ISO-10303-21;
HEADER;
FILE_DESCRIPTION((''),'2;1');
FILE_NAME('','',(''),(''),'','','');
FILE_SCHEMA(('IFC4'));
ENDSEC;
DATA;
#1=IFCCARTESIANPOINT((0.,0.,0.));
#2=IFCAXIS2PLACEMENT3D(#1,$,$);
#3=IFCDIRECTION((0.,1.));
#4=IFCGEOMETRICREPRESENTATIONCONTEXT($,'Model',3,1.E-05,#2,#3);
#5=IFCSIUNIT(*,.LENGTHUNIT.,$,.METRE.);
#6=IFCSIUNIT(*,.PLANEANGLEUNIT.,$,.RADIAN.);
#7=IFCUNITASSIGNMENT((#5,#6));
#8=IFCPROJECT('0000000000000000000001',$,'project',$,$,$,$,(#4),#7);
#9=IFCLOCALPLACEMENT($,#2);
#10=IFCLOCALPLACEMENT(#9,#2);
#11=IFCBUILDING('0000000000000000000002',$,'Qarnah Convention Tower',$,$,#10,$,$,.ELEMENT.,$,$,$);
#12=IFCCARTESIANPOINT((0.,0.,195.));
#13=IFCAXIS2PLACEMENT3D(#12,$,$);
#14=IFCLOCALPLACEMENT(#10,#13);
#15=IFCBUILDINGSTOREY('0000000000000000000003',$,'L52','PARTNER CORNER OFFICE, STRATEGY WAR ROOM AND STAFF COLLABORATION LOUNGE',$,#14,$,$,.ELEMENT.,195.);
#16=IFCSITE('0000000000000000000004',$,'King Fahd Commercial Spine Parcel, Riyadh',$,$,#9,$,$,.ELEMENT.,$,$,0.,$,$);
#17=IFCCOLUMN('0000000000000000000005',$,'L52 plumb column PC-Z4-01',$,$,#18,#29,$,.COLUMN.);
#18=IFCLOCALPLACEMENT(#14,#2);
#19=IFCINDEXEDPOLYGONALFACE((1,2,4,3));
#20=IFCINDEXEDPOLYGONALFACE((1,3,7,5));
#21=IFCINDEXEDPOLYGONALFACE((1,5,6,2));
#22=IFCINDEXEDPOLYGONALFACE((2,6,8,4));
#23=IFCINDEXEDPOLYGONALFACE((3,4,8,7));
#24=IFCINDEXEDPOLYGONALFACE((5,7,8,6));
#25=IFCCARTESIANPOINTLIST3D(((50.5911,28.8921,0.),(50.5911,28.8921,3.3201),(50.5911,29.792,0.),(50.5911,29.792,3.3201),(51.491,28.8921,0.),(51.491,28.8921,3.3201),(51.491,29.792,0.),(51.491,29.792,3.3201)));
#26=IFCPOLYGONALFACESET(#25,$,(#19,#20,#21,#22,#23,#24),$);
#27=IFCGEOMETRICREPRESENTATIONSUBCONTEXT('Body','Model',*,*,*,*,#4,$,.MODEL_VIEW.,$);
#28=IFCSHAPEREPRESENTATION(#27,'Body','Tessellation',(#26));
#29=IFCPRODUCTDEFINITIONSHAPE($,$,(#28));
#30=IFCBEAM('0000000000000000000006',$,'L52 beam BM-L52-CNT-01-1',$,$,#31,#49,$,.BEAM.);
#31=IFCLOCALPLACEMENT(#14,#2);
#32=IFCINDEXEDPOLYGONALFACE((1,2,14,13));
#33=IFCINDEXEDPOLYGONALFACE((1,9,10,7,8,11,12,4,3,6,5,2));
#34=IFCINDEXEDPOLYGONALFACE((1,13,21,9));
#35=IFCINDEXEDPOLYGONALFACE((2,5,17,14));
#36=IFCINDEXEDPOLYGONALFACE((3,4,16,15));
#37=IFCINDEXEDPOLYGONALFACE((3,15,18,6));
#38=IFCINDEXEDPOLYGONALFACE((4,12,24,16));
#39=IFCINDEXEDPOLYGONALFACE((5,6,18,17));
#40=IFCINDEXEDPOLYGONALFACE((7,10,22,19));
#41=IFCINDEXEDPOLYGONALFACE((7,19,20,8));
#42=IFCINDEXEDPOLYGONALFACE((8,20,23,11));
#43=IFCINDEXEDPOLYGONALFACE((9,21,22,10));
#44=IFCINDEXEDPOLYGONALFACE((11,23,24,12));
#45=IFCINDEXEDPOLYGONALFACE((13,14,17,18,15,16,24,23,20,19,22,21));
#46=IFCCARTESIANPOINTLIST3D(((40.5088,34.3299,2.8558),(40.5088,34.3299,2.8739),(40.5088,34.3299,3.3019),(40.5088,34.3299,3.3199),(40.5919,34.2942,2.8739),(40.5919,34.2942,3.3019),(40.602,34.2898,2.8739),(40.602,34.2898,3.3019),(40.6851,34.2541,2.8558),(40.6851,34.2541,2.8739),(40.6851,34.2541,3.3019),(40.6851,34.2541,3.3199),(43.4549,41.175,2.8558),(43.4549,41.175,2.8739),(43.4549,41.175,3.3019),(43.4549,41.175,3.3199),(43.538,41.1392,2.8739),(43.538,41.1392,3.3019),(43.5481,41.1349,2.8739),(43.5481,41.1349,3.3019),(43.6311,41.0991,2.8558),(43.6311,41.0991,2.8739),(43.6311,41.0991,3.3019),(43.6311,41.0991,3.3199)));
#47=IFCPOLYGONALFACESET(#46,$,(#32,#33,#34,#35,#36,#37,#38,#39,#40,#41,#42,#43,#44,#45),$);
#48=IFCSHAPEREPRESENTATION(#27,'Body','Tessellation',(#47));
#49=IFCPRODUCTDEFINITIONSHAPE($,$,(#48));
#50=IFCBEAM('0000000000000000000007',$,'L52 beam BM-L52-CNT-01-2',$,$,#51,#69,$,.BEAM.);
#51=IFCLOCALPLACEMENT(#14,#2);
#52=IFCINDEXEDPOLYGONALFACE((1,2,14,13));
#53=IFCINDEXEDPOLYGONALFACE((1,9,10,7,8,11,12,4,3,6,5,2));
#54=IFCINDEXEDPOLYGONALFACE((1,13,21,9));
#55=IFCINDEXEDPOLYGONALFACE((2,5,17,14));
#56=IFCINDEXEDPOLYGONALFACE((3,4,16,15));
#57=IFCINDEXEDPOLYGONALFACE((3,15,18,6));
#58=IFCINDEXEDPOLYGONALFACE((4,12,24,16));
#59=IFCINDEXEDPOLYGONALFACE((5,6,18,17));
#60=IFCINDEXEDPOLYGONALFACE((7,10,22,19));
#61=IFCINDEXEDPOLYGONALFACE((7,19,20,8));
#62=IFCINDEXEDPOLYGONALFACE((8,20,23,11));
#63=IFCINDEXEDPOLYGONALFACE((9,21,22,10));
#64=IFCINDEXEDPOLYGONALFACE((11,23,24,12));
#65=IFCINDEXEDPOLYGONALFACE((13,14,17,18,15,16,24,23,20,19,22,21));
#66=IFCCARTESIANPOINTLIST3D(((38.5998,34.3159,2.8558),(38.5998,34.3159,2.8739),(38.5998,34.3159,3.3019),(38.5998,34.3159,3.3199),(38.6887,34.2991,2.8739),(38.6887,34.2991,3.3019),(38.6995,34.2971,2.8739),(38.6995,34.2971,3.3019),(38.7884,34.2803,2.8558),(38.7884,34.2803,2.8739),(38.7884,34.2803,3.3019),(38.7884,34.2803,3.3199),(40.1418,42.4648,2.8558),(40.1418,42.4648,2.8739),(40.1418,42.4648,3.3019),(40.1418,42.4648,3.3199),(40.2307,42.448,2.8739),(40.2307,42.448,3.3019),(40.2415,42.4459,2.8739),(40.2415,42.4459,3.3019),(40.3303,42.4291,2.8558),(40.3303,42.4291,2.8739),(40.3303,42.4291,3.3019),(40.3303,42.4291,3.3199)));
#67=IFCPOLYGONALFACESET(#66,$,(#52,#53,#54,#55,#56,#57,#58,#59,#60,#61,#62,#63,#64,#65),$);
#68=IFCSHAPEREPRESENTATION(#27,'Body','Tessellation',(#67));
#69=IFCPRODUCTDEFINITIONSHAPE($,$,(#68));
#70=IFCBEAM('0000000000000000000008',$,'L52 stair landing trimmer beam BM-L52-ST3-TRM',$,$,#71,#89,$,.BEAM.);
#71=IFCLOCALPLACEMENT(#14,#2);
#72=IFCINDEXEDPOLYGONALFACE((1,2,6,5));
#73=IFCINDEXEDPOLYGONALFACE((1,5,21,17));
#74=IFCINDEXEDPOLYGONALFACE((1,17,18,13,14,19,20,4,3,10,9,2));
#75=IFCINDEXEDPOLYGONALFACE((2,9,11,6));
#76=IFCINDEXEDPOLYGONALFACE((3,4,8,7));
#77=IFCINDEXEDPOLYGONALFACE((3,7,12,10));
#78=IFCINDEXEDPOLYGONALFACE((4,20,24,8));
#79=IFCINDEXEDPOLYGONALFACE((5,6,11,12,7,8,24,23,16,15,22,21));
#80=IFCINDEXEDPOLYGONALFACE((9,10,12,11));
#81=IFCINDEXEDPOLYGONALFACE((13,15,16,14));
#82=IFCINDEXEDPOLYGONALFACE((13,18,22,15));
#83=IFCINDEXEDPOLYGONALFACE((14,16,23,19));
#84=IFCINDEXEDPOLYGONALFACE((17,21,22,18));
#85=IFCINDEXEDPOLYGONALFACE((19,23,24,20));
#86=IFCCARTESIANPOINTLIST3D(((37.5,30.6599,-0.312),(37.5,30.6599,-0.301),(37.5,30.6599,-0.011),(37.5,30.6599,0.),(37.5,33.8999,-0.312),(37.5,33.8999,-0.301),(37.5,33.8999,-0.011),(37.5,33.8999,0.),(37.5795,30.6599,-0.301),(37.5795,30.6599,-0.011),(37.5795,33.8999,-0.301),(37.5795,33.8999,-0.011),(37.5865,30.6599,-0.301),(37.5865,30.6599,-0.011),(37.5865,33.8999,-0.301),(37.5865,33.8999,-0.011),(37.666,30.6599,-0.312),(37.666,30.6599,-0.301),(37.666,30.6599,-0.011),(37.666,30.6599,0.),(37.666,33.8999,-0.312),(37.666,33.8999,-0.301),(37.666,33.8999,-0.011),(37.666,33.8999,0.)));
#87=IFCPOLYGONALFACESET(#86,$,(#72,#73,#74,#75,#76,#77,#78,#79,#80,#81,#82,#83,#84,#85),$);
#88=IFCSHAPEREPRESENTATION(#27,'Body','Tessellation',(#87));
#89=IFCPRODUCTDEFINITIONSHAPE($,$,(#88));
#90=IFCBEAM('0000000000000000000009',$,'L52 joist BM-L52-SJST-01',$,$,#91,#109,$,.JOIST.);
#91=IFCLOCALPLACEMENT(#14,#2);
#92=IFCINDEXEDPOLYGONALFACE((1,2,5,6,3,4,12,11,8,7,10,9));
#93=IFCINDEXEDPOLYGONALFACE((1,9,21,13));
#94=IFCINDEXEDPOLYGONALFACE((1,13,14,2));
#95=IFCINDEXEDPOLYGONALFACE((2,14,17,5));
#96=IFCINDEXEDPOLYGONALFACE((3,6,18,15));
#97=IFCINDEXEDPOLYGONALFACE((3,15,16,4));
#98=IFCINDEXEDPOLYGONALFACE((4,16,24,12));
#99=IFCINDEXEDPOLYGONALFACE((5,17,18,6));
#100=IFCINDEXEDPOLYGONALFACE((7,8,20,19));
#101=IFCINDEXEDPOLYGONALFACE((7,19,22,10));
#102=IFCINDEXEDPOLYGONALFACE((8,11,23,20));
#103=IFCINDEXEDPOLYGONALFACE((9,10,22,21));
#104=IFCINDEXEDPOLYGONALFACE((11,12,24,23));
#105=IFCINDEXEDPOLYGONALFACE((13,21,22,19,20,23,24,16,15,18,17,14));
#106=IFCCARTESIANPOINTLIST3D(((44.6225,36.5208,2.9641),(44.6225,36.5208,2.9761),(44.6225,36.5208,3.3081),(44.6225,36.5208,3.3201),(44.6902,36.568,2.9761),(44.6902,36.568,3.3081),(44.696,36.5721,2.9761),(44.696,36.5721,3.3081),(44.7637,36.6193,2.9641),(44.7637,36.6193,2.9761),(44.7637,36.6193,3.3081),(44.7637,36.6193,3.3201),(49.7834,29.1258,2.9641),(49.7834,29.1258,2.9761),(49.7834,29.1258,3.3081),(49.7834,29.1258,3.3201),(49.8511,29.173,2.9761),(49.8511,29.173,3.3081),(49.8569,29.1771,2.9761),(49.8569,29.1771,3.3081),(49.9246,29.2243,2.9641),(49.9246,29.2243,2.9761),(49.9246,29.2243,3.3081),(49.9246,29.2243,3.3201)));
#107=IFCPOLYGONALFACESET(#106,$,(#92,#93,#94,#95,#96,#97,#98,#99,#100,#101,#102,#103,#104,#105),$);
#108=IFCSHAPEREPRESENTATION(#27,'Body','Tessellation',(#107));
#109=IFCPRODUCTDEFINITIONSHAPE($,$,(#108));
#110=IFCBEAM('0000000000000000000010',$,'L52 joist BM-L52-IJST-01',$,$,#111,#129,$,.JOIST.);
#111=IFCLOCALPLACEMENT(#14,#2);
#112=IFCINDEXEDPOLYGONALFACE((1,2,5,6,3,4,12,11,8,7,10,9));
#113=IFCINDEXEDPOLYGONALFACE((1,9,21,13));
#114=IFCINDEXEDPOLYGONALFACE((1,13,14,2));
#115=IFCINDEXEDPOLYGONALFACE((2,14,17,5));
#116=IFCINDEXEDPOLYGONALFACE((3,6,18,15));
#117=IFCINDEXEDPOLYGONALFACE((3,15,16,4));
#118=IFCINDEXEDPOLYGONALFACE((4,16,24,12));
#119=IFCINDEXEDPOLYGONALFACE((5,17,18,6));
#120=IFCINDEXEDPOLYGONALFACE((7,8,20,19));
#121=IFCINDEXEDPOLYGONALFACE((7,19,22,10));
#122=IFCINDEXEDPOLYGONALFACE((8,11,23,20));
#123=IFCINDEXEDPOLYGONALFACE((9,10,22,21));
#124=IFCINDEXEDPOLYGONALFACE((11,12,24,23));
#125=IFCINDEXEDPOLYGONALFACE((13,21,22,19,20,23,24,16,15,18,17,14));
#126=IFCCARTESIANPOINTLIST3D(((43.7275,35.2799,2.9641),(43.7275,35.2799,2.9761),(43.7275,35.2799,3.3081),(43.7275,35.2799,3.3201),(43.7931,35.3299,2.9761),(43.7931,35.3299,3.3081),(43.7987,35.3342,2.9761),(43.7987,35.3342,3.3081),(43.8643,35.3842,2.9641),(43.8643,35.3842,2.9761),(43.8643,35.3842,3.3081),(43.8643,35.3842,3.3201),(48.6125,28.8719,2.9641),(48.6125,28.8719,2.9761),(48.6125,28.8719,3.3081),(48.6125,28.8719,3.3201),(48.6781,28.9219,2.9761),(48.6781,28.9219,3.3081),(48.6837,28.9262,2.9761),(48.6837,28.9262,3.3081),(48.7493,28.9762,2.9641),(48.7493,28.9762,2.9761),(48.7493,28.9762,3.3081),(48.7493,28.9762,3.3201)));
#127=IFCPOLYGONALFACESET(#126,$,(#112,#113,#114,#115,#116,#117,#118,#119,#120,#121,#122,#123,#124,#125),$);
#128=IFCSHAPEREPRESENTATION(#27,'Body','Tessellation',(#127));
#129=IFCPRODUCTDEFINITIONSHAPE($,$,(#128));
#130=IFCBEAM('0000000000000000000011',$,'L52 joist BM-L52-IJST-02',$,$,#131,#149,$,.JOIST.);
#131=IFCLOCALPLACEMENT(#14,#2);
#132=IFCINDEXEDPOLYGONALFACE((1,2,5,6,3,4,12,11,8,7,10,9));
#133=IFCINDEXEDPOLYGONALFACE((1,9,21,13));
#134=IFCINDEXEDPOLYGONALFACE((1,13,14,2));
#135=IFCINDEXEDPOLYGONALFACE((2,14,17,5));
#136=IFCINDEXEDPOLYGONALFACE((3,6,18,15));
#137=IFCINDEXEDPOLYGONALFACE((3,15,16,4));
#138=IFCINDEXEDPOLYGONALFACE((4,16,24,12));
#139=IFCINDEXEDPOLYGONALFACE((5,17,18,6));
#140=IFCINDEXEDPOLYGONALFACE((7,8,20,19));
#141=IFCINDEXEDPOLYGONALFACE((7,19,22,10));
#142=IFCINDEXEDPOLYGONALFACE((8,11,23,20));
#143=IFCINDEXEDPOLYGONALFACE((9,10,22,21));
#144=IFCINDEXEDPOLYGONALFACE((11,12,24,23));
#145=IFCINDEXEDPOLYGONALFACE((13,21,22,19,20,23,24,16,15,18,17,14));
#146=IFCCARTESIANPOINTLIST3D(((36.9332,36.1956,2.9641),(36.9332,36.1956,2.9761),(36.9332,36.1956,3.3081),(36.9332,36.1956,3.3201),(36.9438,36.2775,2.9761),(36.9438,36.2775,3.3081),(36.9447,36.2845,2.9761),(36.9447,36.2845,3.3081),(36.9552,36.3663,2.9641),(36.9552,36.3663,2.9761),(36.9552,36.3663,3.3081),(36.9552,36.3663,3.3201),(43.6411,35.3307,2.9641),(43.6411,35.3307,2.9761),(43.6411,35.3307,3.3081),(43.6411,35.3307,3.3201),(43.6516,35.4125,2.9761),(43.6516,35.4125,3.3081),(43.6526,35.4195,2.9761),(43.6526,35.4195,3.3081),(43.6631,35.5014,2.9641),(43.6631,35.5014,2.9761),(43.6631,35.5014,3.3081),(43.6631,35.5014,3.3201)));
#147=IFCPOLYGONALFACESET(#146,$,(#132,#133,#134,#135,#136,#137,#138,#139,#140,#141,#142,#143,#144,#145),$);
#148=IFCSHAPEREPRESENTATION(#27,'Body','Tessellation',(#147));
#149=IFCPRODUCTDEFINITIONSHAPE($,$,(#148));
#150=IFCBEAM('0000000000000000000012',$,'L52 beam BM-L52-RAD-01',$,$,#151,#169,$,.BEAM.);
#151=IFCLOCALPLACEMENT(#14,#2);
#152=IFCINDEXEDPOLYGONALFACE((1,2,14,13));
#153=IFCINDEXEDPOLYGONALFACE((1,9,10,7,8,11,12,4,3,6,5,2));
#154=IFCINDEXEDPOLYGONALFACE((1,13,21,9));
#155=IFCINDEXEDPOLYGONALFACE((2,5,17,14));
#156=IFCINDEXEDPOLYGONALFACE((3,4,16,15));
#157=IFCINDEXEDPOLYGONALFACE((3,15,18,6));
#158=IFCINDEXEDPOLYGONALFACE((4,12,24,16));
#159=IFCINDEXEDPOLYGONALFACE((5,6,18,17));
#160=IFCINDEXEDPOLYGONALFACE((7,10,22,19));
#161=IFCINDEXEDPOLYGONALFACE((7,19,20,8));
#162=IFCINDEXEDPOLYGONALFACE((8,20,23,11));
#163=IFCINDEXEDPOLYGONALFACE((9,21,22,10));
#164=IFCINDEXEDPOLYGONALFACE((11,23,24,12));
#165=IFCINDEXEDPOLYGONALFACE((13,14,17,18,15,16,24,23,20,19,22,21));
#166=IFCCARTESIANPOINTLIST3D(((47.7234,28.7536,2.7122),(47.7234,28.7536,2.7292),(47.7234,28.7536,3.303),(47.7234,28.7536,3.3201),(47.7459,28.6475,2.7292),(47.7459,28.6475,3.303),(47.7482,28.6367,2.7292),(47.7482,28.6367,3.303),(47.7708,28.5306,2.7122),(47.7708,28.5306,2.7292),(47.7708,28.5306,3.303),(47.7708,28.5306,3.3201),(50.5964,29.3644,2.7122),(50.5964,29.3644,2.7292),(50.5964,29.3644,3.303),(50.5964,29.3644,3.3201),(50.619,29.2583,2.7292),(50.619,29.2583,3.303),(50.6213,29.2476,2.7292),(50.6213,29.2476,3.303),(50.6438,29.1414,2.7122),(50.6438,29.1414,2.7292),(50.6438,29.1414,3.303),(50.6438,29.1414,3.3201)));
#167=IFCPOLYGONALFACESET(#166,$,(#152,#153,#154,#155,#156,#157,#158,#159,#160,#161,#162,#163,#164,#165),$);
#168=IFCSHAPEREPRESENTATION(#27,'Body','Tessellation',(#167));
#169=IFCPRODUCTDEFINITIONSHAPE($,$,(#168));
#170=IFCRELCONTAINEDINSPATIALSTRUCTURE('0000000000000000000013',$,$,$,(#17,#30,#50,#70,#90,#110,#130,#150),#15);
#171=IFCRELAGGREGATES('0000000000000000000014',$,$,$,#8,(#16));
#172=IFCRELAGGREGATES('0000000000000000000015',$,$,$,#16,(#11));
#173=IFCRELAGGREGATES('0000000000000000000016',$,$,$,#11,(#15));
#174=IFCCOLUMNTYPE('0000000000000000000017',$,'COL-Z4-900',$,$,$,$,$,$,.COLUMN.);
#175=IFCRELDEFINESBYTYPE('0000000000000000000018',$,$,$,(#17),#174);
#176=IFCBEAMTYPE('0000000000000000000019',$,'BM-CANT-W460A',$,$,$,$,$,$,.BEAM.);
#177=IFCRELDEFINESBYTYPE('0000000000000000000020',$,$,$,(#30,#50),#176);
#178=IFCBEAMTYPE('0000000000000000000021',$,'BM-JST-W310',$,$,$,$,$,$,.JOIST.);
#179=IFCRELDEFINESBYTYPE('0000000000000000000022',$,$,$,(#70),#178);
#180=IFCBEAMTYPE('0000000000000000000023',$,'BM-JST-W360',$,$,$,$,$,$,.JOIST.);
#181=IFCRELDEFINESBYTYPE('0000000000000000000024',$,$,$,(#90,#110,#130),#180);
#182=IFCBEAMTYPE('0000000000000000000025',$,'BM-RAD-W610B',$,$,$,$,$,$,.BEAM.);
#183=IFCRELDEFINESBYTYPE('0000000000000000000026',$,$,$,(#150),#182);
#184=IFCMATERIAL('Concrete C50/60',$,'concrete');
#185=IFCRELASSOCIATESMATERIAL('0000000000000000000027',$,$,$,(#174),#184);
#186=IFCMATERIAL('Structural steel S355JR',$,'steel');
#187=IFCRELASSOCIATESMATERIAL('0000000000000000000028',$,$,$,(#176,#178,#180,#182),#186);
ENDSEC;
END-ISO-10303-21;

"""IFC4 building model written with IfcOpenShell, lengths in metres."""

from ifc_helpers import new_model, si_unit, direction, frame, origin, origin_2d, place, context, subcontext, project, spatial, rectangle, i_section, extrude, material, material_profile, profile_set, type_object, element, save


model = new_model("IFC4")

# Units and contexts
model_context = context("Model", 3, precision=1e-05, world=origin(), true_north=direction((0.0, 1.0)))
body_context = subcontext(model_context, "Body", "Model", "MODEL_VIEW")
ifc_project = project(units=[si_unit("LENGTHUNIT", "METRE"), si_unit("PLANEANGLEUNIT", "RADIAN")], contexts=[model_context])

# Site, building, storey
site_placement = place(None, origin())
site = spatial("IfcSite", under=ifc_project, at=site_placement, Name="King Fahd Commercial Spine Parcel, Riyadh", CompositionType="ELEMENT", RefElevation=0.0)
building_placement = place(site_placement, origin())
building = spatial("IfcBuilding", under=site, at=building_placement, Name="Qarnah Convention Tower", CompositionType="ELEMENT")
storey_placement = place(building_placement, frame((0.0, 0.0, 195.0)))
storey = spatial("IfcBuildingStorey", under=building, at=storey_placement, Name="L52", Description="PARTNER CORNER OFFICE, STRATEGY WAR ROOM AND STAFF COLLABORATION LOUNGE", CompositionType="ELEMENT", Elevation=195.0)

# Column
ifc_material_1 = material(Name="Concrete C50/60", Category="concrete")
ifc_material_profile_1 = material_profile(ifc_material_1, rectangle(XDim=0.8999, YDim=0.8999, at=origin_2d()), Name="RC-COL-900X900")
ifc_profile_set_1 = profile_set([ifc_material_profile_1], Name="Concrete C50/60")
column_type = type_object("IfcColumnType", Name="COL-Z4-900", PredefinedType="COLUMN", material=ifc_profile_set_1)
column_placement = place(storey_placement, frame((51.041, 29.342, 0.0), z_axis=(0.0, 0.0, 1.0), x_axis=(1.0, 0.0, 0.0)))
element("IfcColumn", 1, at=column_placement, inside=storey, type_object=column_type, Name="L52 plumb column PC-Z4-01", PredefinedType="COLUMN", context=body_context, shape_type="SweptSolid", body=[
    extrude(rectangle(XDim=0.8999, YDim=0.8999, at=origin_2d()), origin(), (0.0, 0.0, 1.0), 3.3201),
])

# Beams
ifc_material_2 = material(Name="Structural steel S355JR", Category="steel")
ifc_material_profile_2 = material_profile(ifc_material_2, i_section(OverallWidth=0.1919, OverallDepth=0.4641, WebThickness=0.011, FlangeThickness=0.0181, at=origin_2d()), Name="W460X89")
ifc_profile_set_2 = profile_set([ifc_material_profile_2], Name="Structural steel S355JR")
beam_type_1 = type_object("IfcBeamType", Name="BM-CANT-W460A", PredefinedType="BEAM", material=ifc_profile_set_2)
beam_1_placement = place(storey_placement, frame((40.5969, 34.292, 3.0879), z_axis=(0.395334, 0.918537, 0.0), x_axis=(-0.918537, 0.395334, 0.0)))
element("IfcBeam", 2, at=beam_1_placement, inside=storey, type_object=beam_type_1, Name="L52 beam BM-L52-CNT-01-1", PredefinedType="BEAM", context=body_context, shape_type="SweptSolid", body=[
    extrude(i_section(OverallWidth=0.1919, OverallDepth=0.4641, WebThickness=0.011, FlangeThickness=0.0181, at=origin_2d()), origin(), (0.0, 0.0, 1.0), 7.4521),
])
beam_2_placement = place(storey_placement, frame((38.6941, 34.2981, 3.0879), z_axis=(0.185927, 0.982564, 0.0), x_axis=(-0.982564, 0.185927, 0.0)))
element("IfcBeam", 3, at=beam_2_placement, inside=storey, type_object=beam_type_1, Name="L52 beam BM-L52-CNT-01-2", PredefinedType="BEAM", context=body_context, shape_type="SweptSolid", body=[
    extrude(i_section(OverallWidth=0.1919, OverallDepth=0.4641, WebThickness=0.011, FlangeThickness=0.0181, at=origin_2d()), origin(), (0.0, 0.0, 1.0), 8.2935),
])
ifc_material_profile_3 = material_profile(ifc_material_2, i_section(OverallWidth=0.166, OverallDepth=0.312, WebThickness=0.0071, FlangeThickness=0.011, at=origin_2d()), Name="W310X45")
ifc_profile_set_3 = profile_set([ifc_material_profile_3], Name="Structural steel S355JR")
beam_type_2 = type_object("IfcBeamType", Name="BM-JST-W310", PredefinedType="JOIST", material=ifc_profile_set_3)
beam_3_placement = place(storey_placement, frame((37.583, 30.6599, -0.156), z_axis=(0.0, 1.0, 0.0), x_axis=(-1.0, 0.0, 0.0)))
element("IfcBeam", 4, at=beam_3_placement, inside=storey, type_object=beam_type_2, Name="L52 stair landing trimmer beam BM-L52-ST3-TRM", PredefinedType="BEAM", context=body_context, shape_type="SweptSolid", body=[
    extrude(i_section(OverallWidth=0.166, OverallDepth=0.312, WebThickness=0.0071, FlangeThickness=0.011, at=origin_2d()), origin(), (0.0, 0.0, 1.0), 3.24),
])
ifc_material_profile_4 = material_profile(ifc_material_2, i_section(OverallWidth=0.1721, OverallDepth=0.356, WebThickness=0.0071, FlangeThickness=0.012, at=origin_2d()), Name="W360X51")
ifc_profile_set_4 = profile_set([ifc_material_profile_4], Name="Structural steel S355JR")
beam_type_3 = type_object("IfcBeamType", Name="BM-JST-W360", PredefinedType="JOIST", material=ifc_profile_set_4)
beam_4_placement = place(storey_placement, frame((49.854, 29.175, 3.1421), z_axis=(-0.572299, 0.820045, 0.0), x_axis=(-0.820045, -0.572299, 0.0)))
element("IfcBeam", 5, at=beam_4_placement, inside=storey, type_object=beam_type_3, Name="L52 joist BM-L52-SJST-01", PredefinedType="JOIST", context=body_context, shape_type="SweptSolid", body=[
    extrude(i_section(OverallWidth=0.1721, OverallDepth=0.356, WebThickness=0.0071, FlangeThickness=0.012, at=origin_2d()), origin(), (0.0, 0.0, 1.0), 9.0178),
])
beam_5_placement = place(storey_placement, frame((48.6809, 28.9241, 3.1421), z_axis=(-0.60626, 0.795267, 0.0), x_axis=(-0.795267, -0.60626, 0.0)))
element("IfcBeam", 6, at=beam_5_placement, inside=storey, type_object=beam_type_3, Name="L52 joist BM-L52-IJST-01", PredefinedType="JOIST", context=body_context, shape_type="SweptSolid", body=[
    extrude(i_section(OverallWidth=0.1721, OverallDepth=0.356, WebThickness=0.0071, FlangeThickness=0.012, at=origin_2d()), origin(), (0.0, 0.0, 1.0), 8.0576),
])
beam_6_placement = place(storey_placement, frame((43.6521, 35.416, 3.1421), z_axis=(-0.991788, 0.12789, 0.0), x_axis=(-0.12789, -0.991788, 0.0)))
element("IfcBeam", 7, at=beam_6_placement, inside=storey, type_object=beam_type_3, Name="L52 joist BM-L52-IJST-02", PredefinedType="JOIST", context=body_context, shape_type="SweptSolid", body=[
    extrude(i_section(OverallWidth=0.1721, OverallDepth=0.356, WebThickness=0.0071, FlangeThickness=0.012, at=origin_2d()), origin(), (0.0, 0.0, 1.0), 6.7634),
])
ifc_material_profile_5 = material_profile(ifc_material_2, i_section(OverallWidth=0.228, OverallDepth=0.6079, WebThickness=0.011, FlangeThickness=0.0171, at=origin_2d()), Name="W610X113")
ifc_profile_set_5 = profile_set([ifc_material_profile_5], Name="Structural steel S355JR")
beam_type_4 = type_object("IfcBeamType", Name="BM-RAD-W610B", PredefinedType="BEAM", material=ifc_profile_set_5)
beam_7_placement = place(storey_placement, frame((47.7471, 28.6421, 3.0161), z_axis=(0.978137, 0.207962, 0.0), x_axis=(-0.207962, 0.978137, 0.0)))
element("IfcBeam", 8, at=beam_7_placement, inside=storey, type_object=beam_type_4, Name="L52 beam BM-L52-RAD-01", PredefinedType="BEAM", context=body_context, shape_type="SweptSolid", body=[
    extrude(i_section(OverallWidth=0.228, OverallDepth=0.6079, WebThickness=0.011, FlangeThickness=0.0171, at=origin_2d()), origin(), (0.0, 0.0, 1.0), 2.9373),
])

save(model, "model.ifc")
